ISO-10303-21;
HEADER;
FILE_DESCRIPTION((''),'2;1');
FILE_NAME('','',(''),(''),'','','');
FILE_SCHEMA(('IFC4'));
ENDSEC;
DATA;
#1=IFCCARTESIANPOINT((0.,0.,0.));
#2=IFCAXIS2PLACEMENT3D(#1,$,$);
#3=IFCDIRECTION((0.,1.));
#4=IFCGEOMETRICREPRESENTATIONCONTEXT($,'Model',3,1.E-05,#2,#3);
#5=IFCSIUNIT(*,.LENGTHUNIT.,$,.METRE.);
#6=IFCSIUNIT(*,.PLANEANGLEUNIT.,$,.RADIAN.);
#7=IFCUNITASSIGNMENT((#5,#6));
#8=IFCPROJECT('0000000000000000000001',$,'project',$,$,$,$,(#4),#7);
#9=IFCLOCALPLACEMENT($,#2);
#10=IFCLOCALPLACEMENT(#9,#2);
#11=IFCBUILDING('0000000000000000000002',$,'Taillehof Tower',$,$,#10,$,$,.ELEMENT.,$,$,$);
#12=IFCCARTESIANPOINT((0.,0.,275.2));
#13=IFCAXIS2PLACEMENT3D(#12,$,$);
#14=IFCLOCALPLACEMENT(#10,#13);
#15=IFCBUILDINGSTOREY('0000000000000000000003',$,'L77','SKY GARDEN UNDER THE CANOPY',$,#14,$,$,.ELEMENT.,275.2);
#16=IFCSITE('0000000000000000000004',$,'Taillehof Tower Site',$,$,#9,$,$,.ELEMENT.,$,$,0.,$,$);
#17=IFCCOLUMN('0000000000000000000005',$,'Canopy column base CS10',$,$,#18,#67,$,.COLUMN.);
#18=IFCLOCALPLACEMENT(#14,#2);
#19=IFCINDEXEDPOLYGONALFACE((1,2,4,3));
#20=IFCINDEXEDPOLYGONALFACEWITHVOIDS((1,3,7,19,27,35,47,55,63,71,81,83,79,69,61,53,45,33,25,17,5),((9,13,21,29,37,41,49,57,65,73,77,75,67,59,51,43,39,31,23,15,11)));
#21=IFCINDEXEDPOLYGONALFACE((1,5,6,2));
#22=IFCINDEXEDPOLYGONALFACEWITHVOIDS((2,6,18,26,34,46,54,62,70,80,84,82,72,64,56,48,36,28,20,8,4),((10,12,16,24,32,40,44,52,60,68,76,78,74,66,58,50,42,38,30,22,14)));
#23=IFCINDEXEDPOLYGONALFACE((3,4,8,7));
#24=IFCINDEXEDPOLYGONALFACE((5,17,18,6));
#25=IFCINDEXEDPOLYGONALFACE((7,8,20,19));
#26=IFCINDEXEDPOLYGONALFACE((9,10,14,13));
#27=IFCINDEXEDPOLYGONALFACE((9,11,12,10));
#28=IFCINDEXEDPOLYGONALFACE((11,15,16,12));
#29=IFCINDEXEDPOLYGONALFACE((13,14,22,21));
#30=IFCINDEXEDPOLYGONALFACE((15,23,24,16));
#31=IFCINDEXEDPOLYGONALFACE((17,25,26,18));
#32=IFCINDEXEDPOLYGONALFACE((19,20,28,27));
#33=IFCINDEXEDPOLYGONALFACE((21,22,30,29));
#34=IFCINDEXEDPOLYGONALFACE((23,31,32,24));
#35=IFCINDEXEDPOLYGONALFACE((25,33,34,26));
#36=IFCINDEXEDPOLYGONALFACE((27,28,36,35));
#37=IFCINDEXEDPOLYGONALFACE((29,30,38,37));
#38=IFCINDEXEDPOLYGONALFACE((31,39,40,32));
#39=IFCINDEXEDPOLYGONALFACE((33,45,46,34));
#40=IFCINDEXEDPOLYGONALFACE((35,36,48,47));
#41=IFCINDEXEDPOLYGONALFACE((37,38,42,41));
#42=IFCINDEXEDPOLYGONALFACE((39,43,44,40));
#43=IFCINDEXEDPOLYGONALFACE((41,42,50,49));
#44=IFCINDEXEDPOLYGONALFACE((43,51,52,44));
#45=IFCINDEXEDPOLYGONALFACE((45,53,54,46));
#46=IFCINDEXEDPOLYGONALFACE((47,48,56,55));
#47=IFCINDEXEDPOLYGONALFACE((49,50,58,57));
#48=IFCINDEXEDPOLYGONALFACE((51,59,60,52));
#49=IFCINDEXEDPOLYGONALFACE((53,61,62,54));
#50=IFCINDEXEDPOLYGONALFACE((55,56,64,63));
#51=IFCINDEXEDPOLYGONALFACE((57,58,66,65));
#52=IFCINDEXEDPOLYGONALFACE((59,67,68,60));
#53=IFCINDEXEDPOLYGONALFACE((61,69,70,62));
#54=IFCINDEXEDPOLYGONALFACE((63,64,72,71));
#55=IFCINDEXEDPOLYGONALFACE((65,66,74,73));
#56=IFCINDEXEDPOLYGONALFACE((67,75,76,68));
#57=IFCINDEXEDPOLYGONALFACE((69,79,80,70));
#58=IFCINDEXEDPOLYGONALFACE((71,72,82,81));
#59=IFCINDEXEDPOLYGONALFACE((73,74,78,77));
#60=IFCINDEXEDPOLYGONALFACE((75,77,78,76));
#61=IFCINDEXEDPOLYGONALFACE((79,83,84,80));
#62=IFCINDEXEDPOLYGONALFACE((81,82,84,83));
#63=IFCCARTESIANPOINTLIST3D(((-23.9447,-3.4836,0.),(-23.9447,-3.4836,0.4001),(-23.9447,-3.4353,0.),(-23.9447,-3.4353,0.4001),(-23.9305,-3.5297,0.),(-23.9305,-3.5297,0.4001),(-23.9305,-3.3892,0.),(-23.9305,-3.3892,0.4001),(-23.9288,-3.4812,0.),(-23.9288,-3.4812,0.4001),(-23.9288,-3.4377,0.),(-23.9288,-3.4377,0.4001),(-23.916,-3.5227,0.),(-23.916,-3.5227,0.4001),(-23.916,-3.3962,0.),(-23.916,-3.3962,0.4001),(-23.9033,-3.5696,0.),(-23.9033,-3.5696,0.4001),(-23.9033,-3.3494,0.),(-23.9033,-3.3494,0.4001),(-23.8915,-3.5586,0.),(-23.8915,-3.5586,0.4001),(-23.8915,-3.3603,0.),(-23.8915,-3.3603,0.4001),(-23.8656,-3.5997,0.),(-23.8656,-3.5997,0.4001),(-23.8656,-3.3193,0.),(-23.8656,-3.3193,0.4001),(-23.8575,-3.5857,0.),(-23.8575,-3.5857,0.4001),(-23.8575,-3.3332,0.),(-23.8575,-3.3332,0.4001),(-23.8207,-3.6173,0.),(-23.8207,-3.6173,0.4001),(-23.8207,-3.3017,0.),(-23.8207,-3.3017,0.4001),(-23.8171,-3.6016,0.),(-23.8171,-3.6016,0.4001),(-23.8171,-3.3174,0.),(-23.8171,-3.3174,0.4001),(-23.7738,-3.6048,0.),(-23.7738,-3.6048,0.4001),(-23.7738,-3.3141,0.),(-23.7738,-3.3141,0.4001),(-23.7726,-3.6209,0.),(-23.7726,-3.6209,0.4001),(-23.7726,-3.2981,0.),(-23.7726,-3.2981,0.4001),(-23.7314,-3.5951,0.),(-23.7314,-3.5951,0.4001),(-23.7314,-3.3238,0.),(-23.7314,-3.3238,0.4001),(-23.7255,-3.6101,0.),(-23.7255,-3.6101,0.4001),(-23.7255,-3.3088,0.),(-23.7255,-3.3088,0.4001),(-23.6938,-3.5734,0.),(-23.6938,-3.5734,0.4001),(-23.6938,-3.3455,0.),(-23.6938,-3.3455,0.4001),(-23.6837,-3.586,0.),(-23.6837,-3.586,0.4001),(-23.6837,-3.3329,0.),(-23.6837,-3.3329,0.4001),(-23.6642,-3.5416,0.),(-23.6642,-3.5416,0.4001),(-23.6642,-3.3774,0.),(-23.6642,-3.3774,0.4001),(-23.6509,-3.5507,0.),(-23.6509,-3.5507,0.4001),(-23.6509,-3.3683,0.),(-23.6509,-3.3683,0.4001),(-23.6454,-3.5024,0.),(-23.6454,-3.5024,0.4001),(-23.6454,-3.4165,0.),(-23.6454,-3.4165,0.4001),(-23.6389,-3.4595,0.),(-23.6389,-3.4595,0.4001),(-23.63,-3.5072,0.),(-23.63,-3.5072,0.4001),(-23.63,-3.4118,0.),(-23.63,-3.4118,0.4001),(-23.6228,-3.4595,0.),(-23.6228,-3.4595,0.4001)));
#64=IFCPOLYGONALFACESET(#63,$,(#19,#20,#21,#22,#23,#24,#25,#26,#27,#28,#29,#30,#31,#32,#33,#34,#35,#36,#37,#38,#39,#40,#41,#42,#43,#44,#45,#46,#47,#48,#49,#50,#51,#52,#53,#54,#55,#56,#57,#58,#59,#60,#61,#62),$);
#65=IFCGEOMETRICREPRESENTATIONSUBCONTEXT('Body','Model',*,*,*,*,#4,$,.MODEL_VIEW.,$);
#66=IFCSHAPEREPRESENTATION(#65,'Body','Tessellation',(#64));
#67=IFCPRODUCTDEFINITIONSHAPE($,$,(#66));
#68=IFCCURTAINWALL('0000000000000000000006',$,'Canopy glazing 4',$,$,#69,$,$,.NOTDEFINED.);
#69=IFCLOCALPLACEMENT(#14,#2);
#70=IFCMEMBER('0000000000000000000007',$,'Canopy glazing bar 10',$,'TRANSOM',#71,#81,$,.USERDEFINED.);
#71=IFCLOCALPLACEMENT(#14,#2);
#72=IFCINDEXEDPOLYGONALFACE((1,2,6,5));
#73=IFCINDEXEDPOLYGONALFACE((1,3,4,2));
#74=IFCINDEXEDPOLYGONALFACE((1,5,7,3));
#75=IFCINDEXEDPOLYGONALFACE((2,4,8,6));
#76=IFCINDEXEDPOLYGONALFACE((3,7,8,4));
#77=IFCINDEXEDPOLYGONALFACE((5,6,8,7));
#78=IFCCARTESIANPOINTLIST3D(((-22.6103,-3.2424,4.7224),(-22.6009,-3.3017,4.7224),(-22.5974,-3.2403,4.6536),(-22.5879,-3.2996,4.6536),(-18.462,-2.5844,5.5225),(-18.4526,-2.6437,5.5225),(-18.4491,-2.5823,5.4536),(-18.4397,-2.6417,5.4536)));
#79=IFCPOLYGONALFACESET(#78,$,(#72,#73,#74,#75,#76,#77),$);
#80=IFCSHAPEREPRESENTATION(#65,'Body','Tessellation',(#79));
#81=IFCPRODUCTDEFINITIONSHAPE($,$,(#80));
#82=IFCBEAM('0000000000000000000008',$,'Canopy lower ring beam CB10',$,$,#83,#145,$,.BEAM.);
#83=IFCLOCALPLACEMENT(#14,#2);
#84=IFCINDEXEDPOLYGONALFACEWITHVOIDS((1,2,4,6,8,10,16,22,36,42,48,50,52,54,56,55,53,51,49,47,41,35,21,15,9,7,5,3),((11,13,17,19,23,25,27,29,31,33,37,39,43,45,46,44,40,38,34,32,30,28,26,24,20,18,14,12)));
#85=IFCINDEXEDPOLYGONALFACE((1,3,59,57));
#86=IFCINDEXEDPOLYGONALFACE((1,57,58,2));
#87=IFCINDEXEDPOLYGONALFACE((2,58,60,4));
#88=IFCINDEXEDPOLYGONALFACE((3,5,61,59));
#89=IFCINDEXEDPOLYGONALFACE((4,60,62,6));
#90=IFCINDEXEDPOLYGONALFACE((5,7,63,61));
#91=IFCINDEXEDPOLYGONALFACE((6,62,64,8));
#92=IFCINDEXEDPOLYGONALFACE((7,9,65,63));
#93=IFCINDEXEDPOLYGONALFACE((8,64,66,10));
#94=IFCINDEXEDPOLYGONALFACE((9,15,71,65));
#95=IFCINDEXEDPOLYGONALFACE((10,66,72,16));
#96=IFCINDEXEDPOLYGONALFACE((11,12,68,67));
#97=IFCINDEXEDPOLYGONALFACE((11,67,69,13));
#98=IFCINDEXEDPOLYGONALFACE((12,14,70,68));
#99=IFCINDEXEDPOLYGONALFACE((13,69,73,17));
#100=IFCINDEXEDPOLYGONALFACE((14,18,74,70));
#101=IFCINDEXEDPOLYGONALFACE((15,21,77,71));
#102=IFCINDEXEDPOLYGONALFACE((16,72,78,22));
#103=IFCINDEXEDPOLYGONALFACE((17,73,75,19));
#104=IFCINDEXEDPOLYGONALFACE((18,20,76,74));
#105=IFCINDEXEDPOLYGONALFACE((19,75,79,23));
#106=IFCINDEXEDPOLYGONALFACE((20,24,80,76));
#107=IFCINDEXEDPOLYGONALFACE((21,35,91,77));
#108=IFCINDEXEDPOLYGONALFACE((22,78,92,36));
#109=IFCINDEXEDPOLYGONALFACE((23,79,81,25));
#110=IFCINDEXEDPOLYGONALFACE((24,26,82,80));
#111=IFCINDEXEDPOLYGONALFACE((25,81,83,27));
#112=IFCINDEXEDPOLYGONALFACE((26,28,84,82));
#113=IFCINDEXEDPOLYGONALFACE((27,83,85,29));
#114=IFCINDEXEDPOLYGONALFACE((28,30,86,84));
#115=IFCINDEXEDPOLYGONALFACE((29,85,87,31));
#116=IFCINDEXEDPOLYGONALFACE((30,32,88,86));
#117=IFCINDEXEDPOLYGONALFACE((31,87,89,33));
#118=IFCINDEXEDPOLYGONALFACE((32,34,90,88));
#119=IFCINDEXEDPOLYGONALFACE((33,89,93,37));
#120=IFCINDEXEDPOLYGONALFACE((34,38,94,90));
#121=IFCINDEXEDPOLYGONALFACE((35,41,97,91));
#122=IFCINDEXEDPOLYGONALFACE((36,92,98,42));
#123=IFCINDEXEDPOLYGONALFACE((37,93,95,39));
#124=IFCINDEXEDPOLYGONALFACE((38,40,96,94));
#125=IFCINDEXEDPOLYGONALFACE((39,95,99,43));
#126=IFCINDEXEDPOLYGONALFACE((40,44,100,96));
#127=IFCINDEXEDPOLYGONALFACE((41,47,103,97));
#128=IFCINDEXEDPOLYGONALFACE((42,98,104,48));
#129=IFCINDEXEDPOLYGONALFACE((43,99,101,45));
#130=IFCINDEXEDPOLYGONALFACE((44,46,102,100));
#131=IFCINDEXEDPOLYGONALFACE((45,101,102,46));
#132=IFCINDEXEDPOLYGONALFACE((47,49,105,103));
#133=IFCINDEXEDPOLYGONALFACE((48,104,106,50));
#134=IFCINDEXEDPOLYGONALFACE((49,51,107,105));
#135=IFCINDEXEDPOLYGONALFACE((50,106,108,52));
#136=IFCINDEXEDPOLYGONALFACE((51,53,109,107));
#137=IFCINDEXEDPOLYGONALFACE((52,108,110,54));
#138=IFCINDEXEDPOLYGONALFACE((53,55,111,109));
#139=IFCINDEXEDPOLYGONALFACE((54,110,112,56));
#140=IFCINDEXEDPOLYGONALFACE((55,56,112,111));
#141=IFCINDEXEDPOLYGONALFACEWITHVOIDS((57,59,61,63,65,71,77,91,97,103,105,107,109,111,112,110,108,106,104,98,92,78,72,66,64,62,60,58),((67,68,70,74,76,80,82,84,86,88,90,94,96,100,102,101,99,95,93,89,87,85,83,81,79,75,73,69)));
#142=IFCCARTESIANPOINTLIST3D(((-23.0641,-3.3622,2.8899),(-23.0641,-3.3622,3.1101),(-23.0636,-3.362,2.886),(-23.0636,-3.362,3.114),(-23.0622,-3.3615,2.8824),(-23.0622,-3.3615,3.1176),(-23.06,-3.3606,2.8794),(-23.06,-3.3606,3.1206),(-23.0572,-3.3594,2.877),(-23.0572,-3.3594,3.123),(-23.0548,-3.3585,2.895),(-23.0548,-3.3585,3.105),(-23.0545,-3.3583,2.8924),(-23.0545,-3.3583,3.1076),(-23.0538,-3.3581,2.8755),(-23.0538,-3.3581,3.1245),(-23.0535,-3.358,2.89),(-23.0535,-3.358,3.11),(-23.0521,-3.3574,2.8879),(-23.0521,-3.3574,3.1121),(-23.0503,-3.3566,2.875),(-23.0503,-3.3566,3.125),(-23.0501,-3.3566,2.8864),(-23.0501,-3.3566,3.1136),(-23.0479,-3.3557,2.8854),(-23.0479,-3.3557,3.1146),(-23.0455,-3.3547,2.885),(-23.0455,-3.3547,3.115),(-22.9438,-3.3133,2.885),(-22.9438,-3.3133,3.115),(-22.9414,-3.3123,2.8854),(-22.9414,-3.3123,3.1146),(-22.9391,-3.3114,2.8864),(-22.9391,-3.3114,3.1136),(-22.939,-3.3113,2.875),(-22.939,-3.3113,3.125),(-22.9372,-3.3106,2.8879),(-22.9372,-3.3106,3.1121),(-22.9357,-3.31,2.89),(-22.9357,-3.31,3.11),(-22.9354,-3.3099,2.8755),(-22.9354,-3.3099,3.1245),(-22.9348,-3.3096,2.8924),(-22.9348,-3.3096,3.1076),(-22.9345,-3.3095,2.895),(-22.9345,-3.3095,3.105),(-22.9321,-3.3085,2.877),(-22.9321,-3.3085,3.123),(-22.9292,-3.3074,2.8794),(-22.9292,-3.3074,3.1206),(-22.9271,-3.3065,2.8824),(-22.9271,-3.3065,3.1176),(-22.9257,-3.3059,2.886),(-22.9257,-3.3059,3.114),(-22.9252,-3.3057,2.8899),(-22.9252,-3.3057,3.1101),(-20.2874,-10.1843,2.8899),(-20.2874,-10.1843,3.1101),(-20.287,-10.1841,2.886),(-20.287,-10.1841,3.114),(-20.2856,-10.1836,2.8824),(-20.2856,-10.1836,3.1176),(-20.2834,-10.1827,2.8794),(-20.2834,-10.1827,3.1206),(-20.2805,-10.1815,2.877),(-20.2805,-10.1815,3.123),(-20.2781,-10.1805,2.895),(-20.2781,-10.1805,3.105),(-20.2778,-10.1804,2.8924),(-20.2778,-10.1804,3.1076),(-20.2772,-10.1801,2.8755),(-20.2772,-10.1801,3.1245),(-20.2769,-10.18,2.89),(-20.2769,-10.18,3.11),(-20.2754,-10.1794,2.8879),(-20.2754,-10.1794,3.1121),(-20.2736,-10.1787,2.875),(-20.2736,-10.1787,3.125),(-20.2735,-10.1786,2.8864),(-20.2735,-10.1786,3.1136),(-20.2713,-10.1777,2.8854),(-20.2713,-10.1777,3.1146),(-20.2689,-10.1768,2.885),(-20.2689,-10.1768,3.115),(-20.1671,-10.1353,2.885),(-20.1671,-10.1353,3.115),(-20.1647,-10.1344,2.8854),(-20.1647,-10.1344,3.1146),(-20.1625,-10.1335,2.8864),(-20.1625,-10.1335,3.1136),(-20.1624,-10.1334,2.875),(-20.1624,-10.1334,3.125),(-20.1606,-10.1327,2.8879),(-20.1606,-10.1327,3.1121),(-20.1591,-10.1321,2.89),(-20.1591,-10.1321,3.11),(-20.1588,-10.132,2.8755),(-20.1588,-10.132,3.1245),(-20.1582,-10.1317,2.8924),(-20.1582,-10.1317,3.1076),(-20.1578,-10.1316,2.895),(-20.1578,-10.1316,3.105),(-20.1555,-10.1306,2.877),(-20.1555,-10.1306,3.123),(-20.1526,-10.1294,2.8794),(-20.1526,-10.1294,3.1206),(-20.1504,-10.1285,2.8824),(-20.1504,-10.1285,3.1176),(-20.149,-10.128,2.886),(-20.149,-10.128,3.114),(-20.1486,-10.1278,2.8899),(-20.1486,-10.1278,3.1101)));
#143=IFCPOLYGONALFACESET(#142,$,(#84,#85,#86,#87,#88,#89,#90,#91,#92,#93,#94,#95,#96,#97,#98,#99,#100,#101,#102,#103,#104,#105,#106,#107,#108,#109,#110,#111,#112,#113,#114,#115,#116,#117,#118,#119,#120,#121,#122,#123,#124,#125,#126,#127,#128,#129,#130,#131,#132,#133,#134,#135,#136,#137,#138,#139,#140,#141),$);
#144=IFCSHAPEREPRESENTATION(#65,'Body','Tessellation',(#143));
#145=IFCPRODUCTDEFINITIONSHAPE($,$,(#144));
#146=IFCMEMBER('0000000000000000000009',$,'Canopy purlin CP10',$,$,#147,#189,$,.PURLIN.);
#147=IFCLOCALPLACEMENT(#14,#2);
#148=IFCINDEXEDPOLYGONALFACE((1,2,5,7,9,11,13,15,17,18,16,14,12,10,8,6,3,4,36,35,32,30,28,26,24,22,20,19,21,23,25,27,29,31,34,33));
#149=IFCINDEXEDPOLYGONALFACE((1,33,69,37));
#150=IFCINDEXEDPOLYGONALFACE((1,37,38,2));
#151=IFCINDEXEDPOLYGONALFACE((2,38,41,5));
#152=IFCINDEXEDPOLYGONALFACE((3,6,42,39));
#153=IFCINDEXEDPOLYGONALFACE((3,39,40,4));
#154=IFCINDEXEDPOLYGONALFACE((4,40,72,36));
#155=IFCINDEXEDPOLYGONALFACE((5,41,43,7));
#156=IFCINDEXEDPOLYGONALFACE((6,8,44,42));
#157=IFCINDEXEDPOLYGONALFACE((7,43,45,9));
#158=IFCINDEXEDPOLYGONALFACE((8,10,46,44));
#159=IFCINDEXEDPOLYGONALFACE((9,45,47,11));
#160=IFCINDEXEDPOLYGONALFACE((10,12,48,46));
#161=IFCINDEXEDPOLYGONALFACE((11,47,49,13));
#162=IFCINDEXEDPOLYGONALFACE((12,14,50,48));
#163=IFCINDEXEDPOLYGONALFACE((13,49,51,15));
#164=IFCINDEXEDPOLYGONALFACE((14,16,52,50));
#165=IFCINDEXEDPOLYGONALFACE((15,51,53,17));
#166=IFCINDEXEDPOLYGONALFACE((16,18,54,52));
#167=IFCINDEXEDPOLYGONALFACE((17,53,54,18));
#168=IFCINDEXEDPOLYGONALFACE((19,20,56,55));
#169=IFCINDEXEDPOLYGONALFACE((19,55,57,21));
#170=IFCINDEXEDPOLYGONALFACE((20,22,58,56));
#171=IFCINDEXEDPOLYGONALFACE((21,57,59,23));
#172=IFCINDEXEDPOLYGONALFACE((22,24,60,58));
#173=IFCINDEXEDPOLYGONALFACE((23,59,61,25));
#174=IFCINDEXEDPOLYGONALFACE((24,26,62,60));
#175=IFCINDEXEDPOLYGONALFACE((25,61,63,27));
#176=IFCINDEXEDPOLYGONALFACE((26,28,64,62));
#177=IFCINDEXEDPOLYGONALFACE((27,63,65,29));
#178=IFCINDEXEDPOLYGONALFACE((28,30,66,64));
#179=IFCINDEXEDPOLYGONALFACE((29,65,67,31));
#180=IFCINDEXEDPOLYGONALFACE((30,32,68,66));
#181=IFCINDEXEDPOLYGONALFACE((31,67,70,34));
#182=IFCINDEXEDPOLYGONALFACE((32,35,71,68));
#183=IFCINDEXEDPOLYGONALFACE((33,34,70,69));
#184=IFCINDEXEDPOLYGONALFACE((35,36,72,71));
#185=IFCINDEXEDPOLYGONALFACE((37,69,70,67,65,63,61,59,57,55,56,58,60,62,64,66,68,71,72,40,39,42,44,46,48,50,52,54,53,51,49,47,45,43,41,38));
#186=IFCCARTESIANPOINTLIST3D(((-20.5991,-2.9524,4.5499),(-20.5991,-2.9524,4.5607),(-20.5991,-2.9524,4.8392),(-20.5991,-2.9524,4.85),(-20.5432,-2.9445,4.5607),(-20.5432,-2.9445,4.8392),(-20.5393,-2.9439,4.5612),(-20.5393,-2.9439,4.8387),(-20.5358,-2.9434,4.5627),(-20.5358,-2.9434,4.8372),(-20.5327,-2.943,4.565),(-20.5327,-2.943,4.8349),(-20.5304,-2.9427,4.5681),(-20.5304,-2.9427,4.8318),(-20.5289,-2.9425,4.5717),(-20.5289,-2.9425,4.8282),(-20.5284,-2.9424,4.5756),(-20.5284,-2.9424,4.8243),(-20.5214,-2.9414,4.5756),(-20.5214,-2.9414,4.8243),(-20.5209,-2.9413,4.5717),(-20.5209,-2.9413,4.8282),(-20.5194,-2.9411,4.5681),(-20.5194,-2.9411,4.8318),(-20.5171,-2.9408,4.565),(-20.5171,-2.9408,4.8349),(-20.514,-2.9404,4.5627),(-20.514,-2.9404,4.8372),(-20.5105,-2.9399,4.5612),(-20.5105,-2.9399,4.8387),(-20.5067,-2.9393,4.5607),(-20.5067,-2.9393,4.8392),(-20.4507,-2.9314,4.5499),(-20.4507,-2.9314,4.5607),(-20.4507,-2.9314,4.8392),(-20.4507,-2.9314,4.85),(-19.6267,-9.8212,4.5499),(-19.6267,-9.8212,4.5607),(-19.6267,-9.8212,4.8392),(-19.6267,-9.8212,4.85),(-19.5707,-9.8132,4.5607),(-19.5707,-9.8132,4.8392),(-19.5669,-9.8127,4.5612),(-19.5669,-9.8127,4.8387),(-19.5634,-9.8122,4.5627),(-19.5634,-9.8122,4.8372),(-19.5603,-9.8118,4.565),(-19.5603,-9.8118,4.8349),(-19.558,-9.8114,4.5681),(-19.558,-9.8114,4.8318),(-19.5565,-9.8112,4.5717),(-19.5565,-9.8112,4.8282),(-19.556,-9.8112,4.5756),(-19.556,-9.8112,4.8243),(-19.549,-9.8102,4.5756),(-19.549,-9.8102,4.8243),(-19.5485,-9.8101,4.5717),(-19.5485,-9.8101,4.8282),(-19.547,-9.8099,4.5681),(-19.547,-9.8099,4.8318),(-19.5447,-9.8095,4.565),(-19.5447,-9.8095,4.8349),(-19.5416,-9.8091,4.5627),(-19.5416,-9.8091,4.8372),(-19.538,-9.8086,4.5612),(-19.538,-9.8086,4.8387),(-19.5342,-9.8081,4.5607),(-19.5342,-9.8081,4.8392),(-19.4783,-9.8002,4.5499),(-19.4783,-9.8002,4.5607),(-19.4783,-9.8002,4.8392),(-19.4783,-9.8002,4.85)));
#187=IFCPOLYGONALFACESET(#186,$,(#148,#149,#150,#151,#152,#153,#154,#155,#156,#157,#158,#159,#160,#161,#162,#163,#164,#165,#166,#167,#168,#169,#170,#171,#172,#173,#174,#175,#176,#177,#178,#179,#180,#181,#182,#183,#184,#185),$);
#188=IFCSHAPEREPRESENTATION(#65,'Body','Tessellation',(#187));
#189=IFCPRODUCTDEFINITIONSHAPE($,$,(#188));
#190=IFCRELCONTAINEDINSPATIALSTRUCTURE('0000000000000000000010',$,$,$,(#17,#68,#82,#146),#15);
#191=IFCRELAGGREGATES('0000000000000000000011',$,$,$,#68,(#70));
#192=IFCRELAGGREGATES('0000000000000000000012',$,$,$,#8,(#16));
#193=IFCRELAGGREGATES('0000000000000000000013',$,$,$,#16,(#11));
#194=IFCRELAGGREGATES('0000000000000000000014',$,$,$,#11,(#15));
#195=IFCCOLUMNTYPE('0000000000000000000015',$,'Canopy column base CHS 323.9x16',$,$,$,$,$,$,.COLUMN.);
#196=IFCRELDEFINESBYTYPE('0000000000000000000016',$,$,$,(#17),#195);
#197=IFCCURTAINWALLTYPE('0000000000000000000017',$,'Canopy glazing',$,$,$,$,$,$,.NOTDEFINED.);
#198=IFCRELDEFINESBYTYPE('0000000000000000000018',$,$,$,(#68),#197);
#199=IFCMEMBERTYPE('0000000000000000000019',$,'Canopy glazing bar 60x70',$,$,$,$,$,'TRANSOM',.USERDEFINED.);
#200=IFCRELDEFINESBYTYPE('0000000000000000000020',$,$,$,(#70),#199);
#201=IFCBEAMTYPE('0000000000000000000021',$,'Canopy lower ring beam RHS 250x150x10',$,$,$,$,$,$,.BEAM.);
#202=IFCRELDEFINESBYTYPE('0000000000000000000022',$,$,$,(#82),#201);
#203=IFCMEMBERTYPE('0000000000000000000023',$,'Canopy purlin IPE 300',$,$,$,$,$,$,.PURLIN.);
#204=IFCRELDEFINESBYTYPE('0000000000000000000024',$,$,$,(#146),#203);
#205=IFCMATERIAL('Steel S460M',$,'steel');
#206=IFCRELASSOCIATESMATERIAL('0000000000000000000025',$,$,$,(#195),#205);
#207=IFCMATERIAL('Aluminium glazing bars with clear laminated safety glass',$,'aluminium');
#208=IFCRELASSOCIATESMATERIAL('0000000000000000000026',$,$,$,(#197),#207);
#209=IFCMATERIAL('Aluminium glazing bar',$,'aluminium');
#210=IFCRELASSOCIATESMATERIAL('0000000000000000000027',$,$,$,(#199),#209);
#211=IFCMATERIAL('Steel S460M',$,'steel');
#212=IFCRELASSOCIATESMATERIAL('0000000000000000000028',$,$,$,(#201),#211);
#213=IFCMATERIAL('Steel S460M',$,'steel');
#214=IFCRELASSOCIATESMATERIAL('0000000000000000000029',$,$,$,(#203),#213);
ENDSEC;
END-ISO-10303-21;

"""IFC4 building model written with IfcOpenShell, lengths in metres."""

from ifc_helpers import new_model, si_unit, direction, frame, origin, origin_2d, place, context, subcontext, project, spatial, rectangle, hollow_rectangle, hollow_circle, i_section, extrude, material, material_profile, profile_set, type_object, element, aggregate, save


model = new_model("IFC4")

# Units and contexts
model_context = context("Model", 3, precision=1e-05, world=origin(), true_north=direction((0.0, 1.0)))
body_context = subcontext(model_context, "Body", "Model", "MODEL_VIEW")
ifc_project = project(units=[si_unit("LENGTHUNIT", "METRE"), si_unit("PLANEANGLEUNIT", "RADIAN")], contexts=[model_context])

# Site, building, storey
site_placement = place(None, origin())
site = spatial("IfcSite", under=ifc_project, at=site_placement, Name="Taillehof Tower Site", CompositionType="ELEMENT", RefElevation=0.0)
building_placement = place(site_placement, origin())
building = spatial("IfcBuilding", under=site, at=building_placement, Name="Taillehof Tower", CompositionType="ELEMENT")
storey_placement = place(building_placement, frame((0.0, 0.0, 275.2)))
storey = spatial("IfcBuildingStorey", under=building, at=storey_placement, Name="L77", Description="SKY GARDEN UNDER THE CANOPY", CompositionType="ELEMENT", Elevation=275.2)

# Column
ifc_material_1 = material(Name="Steel S460M", Category="steel")
ifc_material_profile_1 = material_profile(ifc_material_1, hollow_circle(Radius=0.1619, WallThickness=0.0161, at=origin_2d()), Name="CHS 323.9x16")
ifc_profile_set_1 = profile_set([ifc_material_profile_1], Name="Steel S460M")
column_type = type_object("IfcColumnType", Name="Canopy column base CHS 323.9x16", PredefinedType="COLUMN", material=ifc_profile_set_1)
column_placement = place(storey_placement, frame((-23.7847, -3.4595, 0.0), z_axis=(0.0, 0.0, 1.0), x_axis=(1.0, 0.0, 0.0)))
element("IfcColumn", 1, at=column_placement, inside=storey, type_object=column_type, Name="Canopy column base CS10", PredefinedType="COLUMN", context=body_context, shape_type="SweptSolid", body=[
    extrude(hollow_circle(Radius=0.1619, WallThickness=0.0161, at=origin_2d()), origin(), (0.0, 0.0, 1.0), 0.4001),
])

# Curtain wall, member
ifc_material_2 = material(Name="Aluminium glazing bars with clear laminated safety glass", Category="aluminium")
curtain_wall_type = type_object("IfcCurtainWallType", Name="Canopy glazing", PredefinedType="NOTDEFINED", material=ifc_material_2)
curtain_wall_placement = place(storey_placement, origin())
curtain_wall = element("IfcCurtainWall", 2, at=curtain_wall_placement, inside=storey, type_object=curtain_wall_type, Name="Canopy glazing 4", PredefinedType="NOTDEFINED")
ifc_material_3 = material(Name="Aluminium glazing bar", Category="aluminium")
ifc_material_profile_2 = material_profile(ifc_material_3, rectangle(XDim=0.0601, YDim=0.0701, at=origin_2d()), Name="AL 60x70")
ifc_profile_set_2 = profile_set([ifc_material_profile_2], Name="Aluminium glazing bar")
member_type_1 = type_object("IfcMemberType", Name="Canopy glazing bar 60x70", ElementType="TRANSOM", PredefinedType="USERDEFINED", material=ifc_profile_set_2)
member_1_placement = place(storey_placement, frame((-22.5991, -3.271, 4.688), z_axis=(0.970208, 0.153888, 0.187121), x_axis=(-0.156655, 0.987653, 0.0)))
member_1 = element("IfcMember", 3, at=member_1_placement, type_object=member_type_1, Name="Canopy glazing bar 10", ObjectType="TRANSOM", PredefinedType="USERDEFINED", context=body_context, shape_type="SweptSolid", body=[
    extrude(rectangle(XDim=0.0601, YDim=0.0701, at=origin_2d()), origin(), (0.0, 0.0, 1.0), 4.2756),
])
aggregate(curtain_wall, [member_1])

# Beam
ifc_material_4 = material(Name="Steel S460M", Category="steel")
ifc_material_profile_3 = material_profile(ifc_material_4, hollow_rectangle(XDim=0.1499, YDim=0.25, WallThickness=0.01, InnerFilletRadius=0.01, OuterFilletRadius=0.0149, at=origin_2d()), Name="RHS 250x150x10")
ifc_profile_set_3 = profile_set([ifc_material_profile_3], Name="Steel S460M")
beam_type_1 = type_object("IfcBeamType", Name="Canopy lower ring beam RHS 250x150x10", PredefinedType="BEAM", material=ifc_profile_set_3)
beam_1_placement = place(storey_placement, frame((-22.9946, -3.334, 3.0), z_axis=(0.376979, -0.926222, 0.0), x_axis=(0.926222, 0.376979, 0.0)))
element("IfcBeam", 4, at=beam_1_placement, inside=storey, type_object=beam_type_1, Name="Canopy lower ring beam CB10", PredefinedType="BEAM", context=body_context, shape_type="SweptSolid", body=[
    extrude(hollow_rectangle(XDim=0.1499, YDim=0.25, WallThickness=0.01, InnerFilletRadius=0.01, OuterFilletRadius=0.0149, at=origin_2d()), origin(), (0.0, 0.0, 1.0), 7.3655),
])

# Member
ifc_material_5 = material(Name="Steel S460M", Category="steel")
ifc_material_profile_4 = material_profile(ifc_material_5, i_section(OverallWidth=0.1499, OverallDepth=0.3, WebThickness=0.0071, FlangeThickness=0.0107, FilletRadius=0.0149, at=origin_2d()), Name="IPE 300")
ifc_profile_set_4 = profile_set([ifc_material_profile_4], Name="Steel S460M")
member_type_2 = type_object("IfcMemberType", Name="Canopy purlin IPE 300", PredefinedType="PURLIN", material=ifc_profile_set_4)
member_2_placement = place(storey_placement, frame((-20.5249, -2.9419, 4.7), z_axis=(0.140175, -0.990127, 0.0), x_axis=(0.990127, 0.140175, 0.0)))
element("IfcMember", 5, at=member_2_placement, inside=storey, type_object=member_type_2, Name="Canopy purlin CP10", PredefinedType="PURLIN", context=body_context, shape_type="SweptSolid", body=[
    extrude(i_section(OverallWidth=0.1499, OverallDepth=0.3, WebThickness=0.0071, FlangeThickness=0.0107, FilletRadius=0.0149, at=origin_2d()), origin(), (0.0, 0.0, 1.0), 6.9373),
])

save(model, "model.ifc")
